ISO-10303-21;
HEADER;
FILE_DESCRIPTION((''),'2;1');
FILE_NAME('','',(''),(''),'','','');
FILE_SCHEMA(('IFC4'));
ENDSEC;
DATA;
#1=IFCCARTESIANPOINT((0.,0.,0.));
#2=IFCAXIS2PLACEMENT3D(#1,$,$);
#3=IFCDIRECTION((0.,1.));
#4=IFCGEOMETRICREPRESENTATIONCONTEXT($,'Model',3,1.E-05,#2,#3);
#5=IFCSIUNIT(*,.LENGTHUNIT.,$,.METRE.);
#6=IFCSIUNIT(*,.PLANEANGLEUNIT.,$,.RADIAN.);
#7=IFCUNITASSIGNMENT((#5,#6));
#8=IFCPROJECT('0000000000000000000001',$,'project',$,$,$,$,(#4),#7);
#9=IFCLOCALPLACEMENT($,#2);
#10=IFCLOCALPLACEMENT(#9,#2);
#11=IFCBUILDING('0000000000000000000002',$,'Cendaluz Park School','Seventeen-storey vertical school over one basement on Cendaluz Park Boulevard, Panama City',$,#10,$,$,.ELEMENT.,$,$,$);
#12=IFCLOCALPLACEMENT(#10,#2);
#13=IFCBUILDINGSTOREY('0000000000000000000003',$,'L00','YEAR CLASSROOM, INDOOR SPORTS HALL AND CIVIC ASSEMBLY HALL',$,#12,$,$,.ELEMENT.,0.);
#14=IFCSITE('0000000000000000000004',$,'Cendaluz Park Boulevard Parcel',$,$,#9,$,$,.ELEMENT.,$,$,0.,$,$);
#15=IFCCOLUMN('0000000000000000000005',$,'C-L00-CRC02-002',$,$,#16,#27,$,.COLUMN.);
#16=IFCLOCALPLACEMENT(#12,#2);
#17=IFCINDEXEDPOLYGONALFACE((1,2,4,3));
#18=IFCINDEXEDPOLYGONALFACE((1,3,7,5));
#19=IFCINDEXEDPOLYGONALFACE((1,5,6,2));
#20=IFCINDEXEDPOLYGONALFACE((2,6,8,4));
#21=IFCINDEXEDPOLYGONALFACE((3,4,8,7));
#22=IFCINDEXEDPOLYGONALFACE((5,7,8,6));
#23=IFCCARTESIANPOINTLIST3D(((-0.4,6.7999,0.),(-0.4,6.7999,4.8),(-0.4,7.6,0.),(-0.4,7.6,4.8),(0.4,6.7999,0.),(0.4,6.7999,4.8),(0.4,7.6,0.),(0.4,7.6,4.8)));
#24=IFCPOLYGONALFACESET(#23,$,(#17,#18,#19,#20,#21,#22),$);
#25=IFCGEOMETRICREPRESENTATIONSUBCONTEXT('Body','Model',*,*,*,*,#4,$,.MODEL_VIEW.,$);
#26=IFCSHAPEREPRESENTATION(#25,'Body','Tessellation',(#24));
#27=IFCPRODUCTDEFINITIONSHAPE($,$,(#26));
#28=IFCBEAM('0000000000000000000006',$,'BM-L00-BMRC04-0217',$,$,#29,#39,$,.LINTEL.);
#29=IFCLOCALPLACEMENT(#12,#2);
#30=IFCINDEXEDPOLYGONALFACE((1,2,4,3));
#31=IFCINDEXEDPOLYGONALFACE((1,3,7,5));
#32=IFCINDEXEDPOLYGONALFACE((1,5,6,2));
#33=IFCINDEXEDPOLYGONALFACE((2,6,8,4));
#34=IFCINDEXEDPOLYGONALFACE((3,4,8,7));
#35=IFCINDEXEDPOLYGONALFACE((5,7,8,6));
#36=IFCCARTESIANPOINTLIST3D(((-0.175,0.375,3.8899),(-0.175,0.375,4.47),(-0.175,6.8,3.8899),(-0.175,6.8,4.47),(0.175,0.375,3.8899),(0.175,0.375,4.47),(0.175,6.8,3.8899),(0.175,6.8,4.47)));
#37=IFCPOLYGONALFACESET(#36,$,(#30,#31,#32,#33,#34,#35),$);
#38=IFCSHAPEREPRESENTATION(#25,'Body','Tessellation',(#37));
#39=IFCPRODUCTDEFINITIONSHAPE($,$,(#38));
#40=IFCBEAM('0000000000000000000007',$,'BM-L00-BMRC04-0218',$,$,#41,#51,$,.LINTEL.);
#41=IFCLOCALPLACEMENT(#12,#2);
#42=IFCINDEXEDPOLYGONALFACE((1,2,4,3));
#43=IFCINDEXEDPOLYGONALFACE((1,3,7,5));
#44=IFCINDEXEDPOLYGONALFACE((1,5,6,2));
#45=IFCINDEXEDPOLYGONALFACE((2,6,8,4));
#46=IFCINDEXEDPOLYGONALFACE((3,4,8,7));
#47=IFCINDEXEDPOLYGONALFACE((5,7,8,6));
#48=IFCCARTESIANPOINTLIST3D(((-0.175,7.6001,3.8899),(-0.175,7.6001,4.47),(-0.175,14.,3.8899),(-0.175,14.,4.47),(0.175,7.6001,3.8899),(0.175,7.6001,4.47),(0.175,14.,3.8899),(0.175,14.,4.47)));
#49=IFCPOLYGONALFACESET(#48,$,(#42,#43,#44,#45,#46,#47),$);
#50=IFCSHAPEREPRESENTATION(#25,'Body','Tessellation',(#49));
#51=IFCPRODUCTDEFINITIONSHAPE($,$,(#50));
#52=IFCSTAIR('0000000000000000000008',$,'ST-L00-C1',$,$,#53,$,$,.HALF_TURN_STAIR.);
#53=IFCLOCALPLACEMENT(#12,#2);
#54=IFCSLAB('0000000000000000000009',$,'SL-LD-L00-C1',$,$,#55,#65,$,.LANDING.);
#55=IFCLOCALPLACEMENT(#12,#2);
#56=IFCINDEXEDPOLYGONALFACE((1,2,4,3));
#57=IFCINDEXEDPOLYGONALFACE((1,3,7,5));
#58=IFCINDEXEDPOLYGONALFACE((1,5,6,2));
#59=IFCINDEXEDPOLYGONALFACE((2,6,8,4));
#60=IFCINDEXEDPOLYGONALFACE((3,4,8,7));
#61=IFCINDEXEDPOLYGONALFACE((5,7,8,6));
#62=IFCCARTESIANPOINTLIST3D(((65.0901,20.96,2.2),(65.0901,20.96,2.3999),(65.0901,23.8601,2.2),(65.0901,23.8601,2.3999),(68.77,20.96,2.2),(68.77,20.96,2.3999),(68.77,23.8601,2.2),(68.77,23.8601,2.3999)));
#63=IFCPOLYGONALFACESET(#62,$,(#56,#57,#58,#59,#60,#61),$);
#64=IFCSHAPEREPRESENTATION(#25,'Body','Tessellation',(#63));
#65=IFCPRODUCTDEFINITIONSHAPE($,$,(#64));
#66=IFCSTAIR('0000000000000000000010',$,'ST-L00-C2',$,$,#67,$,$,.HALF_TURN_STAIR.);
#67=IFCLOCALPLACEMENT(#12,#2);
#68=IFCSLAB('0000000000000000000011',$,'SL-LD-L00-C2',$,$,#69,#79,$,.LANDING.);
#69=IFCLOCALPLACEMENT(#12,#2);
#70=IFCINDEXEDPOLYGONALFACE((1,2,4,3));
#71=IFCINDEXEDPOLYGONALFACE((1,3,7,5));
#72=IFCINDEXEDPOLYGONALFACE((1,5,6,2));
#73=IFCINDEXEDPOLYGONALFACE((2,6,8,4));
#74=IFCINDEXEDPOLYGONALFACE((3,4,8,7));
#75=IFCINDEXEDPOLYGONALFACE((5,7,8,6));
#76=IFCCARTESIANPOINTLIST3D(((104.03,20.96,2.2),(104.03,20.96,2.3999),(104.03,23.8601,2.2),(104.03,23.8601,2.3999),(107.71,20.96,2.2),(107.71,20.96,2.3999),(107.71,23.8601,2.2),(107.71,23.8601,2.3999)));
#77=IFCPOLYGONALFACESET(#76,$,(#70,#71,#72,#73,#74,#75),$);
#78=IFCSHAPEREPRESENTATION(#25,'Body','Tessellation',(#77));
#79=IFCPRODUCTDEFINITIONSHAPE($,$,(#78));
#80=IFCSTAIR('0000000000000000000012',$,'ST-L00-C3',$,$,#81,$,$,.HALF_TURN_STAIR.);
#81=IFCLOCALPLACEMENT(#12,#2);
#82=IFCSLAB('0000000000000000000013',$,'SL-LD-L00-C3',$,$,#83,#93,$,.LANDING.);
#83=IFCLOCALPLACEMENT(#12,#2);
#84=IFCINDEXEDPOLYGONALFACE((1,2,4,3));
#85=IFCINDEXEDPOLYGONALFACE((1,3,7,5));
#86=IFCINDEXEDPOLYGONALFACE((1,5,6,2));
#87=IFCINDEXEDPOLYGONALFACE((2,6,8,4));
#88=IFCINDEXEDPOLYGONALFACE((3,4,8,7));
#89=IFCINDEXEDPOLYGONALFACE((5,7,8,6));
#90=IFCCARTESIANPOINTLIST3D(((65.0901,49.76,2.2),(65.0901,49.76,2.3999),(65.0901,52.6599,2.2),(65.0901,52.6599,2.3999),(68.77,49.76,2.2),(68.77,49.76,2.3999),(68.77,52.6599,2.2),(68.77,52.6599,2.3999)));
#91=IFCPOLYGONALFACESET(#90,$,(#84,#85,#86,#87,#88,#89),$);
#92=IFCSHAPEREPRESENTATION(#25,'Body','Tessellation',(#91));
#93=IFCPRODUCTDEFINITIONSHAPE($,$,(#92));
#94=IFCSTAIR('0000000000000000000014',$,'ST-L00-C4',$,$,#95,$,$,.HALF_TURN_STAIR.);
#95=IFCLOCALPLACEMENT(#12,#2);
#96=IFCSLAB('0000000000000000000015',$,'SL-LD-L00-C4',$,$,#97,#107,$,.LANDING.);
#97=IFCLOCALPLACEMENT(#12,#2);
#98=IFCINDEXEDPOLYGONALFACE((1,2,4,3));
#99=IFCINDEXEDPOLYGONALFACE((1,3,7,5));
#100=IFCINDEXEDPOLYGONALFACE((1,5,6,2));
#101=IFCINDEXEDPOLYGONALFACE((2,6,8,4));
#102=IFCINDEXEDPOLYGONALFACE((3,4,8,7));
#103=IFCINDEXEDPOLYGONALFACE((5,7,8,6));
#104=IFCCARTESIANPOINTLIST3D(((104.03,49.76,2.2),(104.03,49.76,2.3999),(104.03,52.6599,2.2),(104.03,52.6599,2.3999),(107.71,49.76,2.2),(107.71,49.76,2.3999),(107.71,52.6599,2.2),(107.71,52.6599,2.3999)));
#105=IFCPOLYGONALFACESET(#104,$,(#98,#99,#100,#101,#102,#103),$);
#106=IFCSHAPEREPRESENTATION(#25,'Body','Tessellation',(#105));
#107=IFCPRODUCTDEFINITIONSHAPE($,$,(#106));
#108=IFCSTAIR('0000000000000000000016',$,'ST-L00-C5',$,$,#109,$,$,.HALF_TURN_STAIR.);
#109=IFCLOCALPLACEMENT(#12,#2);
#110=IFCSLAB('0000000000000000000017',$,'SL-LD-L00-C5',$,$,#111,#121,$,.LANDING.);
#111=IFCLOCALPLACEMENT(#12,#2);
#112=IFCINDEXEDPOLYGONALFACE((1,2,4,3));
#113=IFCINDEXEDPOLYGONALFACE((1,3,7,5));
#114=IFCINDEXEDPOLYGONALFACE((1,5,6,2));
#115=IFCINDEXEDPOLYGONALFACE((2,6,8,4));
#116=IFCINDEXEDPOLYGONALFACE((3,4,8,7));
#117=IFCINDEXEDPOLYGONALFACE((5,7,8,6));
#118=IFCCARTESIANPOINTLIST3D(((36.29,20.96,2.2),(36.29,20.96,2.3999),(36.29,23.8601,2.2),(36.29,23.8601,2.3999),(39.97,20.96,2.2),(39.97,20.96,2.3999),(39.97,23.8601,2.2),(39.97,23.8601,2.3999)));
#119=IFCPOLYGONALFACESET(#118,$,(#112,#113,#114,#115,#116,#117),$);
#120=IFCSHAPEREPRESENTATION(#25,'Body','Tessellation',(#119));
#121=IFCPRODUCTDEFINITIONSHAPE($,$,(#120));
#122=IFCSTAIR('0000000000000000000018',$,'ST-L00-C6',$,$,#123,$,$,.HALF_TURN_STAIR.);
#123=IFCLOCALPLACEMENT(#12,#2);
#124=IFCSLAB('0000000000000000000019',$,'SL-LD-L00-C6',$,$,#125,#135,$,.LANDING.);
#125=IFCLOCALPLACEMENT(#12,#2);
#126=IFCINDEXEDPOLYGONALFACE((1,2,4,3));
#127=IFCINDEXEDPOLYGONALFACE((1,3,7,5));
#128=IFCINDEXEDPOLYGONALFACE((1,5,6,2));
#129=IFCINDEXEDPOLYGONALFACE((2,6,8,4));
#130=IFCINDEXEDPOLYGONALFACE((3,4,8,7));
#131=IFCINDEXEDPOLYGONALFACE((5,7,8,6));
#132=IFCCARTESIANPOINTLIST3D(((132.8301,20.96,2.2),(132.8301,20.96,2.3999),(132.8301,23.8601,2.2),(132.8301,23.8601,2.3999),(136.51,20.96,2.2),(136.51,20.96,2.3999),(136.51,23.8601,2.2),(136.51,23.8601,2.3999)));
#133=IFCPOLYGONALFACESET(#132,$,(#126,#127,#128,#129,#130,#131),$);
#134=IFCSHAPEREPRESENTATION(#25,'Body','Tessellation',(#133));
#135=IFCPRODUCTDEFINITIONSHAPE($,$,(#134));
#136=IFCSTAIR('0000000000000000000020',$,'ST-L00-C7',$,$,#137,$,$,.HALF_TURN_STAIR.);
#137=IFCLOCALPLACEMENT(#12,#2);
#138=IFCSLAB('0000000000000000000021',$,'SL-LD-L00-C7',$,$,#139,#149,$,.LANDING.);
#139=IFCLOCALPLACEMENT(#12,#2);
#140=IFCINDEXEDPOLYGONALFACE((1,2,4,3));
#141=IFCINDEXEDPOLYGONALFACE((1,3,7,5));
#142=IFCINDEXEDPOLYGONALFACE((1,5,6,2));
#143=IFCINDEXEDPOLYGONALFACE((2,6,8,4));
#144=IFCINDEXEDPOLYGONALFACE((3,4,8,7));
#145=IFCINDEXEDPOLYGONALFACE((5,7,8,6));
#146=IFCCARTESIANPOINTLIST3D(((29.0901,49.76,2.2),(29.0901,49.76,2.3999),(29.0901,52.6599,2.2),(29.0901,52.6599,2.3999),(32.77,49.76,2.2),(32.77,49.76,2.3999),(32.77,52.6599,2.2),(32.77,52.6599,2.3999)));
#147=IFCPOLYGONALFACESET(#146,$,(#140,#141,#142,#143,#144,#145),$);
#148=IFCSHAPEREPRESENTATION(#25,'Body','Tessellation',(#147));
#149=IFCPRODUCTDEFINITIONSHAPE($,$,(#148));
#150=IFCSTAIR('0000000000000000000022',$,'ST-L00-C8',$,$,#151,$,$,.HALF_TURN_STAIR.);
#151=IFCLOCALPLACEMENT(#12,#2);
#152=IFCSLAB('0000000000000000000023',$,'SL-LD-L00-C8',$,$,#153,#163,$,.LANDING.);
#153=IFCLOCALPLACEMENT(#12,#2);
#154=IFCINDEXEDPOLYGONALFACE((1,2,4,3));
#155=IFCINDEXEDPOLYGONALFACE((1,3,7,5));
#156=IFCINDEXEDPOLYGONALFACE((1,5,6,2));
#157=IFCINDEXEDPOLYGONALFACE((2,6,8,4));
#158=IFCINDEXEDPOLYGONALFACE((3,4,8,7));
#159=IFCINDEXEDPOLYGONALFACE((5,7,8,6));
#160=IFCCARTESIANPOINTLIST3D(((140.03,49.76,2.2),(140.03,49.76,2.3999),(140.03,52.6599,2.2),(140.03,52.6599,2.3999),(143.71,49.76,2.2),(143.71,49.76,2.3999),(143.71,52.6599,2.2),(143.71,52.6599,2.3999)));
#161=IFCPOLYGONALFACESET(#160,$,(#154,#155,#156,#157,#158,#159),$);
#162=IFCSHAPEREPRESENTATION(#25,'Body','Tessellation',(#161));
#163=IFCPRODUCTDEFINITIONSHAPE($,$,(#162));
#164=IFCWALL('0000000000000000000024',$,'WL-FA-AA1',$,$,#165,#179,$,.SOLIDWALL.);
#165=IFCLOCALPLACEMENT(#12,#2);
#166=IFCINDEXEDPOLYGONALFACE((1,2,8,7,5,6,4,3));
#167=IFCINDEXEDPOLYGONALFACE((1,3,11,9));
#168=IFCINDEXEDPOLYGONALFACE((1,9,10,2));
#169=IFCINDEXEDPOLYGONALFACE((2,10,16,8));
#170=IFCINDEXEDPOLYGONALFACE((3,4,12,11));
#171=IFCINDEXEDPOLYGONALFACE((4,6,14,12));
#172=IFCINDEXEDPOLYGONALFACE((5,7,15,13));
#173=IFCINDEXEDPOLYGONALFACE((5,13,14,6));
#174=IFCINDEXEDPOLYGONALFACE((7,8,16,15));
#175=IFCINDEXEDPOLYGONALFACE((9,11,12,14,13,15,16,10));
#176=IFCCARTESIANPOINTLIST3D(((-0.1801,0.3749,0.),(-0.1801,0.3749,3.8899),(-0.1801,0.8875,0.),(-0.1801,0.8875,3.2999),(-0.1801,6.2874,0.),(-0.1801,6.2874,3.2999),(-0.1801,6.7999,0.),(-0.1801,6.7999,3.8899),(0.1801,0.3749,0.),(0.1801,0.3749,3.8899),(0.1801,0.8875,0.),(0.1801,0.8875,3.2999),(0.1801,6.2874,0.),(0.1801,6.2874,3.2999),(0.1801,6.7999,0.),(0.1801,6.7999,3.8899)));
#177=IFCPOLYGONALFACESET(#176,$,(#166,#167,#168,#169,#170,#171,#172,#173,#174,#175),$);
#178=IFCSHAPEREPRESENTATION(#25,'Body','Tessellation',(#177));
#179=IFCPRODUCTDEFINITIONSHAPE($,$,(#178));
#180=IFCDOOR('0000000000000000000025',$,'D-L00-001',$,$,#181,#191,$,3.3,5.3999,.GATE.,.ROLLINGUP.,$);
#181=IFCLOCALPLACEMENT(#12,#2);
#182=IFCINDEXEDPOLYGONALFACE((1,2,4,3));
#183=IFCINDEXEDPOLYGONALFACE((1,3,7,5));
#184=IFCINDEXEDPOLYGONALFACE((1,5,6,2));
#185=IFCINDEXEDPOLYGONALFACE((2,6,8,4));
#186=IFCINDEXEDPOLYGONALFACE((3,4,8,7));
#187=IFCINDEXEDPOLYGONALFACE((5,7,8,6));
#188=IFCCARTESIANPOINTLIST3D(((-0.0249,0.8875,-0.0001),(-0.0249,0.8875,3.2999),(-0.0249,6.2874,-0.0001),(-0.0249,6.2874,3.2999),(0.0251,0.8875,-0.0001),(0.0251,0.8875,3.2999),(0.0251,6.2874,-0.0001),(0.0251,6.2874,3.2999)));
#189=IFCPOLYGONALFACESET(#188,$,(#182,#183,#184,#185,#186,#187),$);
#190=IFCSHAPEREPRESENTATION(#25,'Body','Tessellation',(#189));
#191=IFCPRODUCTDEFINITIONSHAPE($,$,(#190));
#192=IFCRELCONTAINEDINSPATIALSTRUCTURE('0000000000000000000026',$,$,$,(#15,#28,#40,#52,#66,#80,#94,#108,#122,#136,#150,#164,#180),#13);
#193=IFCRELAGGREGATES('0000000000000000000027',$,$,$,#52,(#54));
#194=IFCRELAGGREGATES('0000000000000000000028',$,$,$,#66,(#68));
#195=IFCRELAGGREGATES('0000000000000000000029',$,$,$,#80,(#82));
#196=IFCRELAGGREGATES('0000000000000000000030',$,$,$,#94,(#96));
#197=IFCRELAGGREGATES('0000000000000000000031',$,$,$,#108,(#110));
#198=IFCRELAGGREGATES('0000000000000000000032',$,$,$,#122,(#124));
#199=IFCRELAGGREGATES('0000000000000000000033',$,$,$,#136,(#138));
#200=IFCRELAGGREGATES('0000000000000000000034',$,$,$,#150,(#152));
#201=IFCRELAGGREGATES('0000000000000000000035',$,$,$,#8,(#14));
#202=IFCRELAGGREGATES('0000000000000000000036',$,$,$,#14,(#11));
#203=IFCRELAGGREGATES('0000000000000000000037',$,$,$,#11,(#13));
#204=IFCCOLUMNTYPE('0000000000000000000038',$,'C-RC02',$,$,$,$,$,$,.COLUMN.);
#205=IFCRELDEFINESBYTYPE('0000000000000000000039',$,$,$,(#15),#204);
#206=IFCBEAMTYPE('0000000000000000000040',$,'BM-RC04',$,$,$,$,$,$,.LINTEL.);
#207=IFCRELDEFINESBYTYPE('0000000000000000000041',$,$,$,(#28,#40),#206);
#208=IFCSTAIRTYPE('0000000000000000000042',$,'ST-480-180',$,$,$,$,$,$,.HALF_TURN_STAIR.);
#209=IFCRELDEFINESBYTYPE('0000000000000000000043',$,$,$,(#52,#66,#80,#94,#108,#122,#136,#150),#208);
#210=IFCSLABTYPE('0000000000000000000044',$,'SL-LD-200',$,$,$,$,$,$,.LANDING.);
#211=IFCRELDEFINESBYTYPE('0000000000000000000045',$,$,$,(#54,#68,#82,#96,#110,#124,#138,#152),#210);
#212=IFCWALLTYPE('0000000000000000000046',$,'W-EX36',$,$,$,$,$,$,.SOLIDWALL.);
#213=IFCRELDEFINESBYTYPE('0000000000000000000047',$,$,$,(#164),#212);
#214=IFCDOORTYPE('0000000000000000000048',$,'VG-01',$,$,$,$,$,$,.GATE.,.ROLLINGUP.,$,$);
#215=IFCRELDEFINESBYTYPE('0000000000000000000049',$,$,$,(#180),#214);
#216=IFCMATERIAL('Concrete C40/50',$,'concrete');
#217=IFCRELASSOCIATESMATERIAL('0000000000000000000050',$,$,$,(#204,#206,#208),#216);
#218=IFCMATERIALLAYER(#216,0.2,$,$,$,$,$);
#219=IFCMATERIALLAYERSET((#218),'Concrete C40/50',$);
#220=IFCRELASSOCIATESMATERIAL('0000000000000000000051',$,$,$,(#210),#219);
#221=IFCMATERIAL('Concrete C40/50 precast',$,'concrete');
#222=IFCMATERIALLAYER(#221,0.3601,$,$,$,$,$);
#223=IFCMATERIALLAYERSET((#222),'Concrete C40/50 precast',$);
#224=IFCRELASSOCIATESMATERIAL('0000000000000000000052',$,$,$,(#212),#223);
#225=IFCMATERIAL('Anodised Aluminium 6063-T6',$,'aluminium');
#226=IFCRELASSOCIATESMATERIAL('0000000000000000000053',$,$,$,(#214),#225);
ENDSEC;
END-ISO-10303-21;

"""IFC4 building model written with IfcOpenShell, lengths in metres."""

from ifc_helpers import new_model, si_unit, direction, frame, frame_2d, origin, origin_2d, place, context, subcontext, project, spatial, polyline, rectangle, outline, extrude, material, layer, layer_set, material_profile, profile_set, type_object, element, fill, aggregate, save


model = new_model("IFC4")

# Units and contexts
model_context = context("Model", 3, precision=1e-05, world=origin(), true_north=direction((0.0, 1.0)))
body_context = subcontext(model_context, "Body", "Model", "MODEL_VIEW")
ifc_project = project(units=[si_unit("LENGTHUNIT", "METRE"), si_unit("PLANEANGLEUNIT", "RADIAN")], contexts=[model_context])

# Site, building, storey
site_placement = place(None, origin())
site = spatial("IfcSite", under=ifc_project, at=site_placement, Name="Cendaluz Park Boulevard Parcel", CompositionType="ELEMENT", RefElevation=0.0)
building_placement = place(site_placement, origin())
building = spatial("IfcBuilding", under=site, at=building_placement, Name="Cendaluz Park School", Description="Seventeen-storey vertical school over one basement on Cendaluz Park Boulevard, Panama City", CompositionType="ELEMENT")
storey_placement = place(building_placement, origin())
storey = spatial("IfcBuildingStorey", under=building, at=storey_placement, Name="L00", Description="YEAR CLASSROOM, INDOOR SPORTS HALL AND CIVIC ASSEMBLY HALL", CompositionType="ELEMENT", Elevation=0.0)

# Column
ifc_material_1 = material(Name="Concrete C40/50", Category="concrete")
ifc_material_profile_1 = material_profile(ifc_material_1, rectangle(XDim=0.8, YDim=0.8, at=origin_2d()), Name="RC 800x800", Category="concrete")
ifc_profile_set_1 = profile_set([ifc_material_profile_1], Name="Concrete C40/50")
column_type = type_object("IfcColumnType", Name="C-RC02", PredefinedType="COLUMN", material=ifc_profile_set_1)
column_placement = place(storey_placement, frame((0.0, 7.2, 0.0), z_axis=(0.0, 0.0, 1.0), x_axis=(1.0, 0.0, 0.0)))
element("IfcColumn", 1, at=column_placement, inside=storey, type_object=column_type, Name="C-L00-CRC02-002", PredefinedType="COLUMN", context=body_context, shape_type="SweptSolid", body=[
    extrude(rectangle(XDim=0.8, YDim=0.8, at=origin_2d()), origin(), (0.0, 0.0, 1.0), 4.8),
])

# Beams
ifc_material_profile_2 = material_profile(ifc_material_1, rectangle(XDim=0.3501, YDim=0.5801, at=origin_2d()), Name="RC 350x580", Category="concrete")
ifc_profile_set_2 = profile_set([ifc_material_profile_2], Name="Concrete C40/50")
beam_type = type_object("IfcBeamType", Name="BM-RC04", PredefinedType="LINTEL", material=ifc_profile_set_2)
beam_1_placement = place(storey_placement, frame((0.0, 0.375, 4.1799), z_axis=(0.0, 1.0, 0.0), x_axis=(-1.0, 0.0, 0.0)))
element("IfcBeam", 2, at=beam_1_placement, inside=storey, type_object=beam_type, Name="BM-L00-BMRC04-0217", PredefinedType="LINTEL", context=body_context, shape_type="SweptSolid", body=[
    extrude(rectangle(XDim=0.3501, YDim=0.5801, at=origin_2d()), origin(), (0.0, 0.0, 1.0), 6.425),
])
beam_2_placement = place(storey_placement, frame((0.0, 7.6001, 4.1799), z_axis=(0.0, 1.0, 0.0), x_axis=(-1.0, 0.0, 0.0)))
element("IfcBeam", 3, at=beam_2_placement, inside=storey, type_object=beam_type, Name="BM-L00-BMRC04-0218", PredefinedType="LINTEL", context=body_context, shape_type="SweptSolid", body=[
    extrude(rectangle(XDim=0.3501, YDim=0.5801, at=origin_2d()), origin(), (0.0, 0.0, 1.0), 6.3999),
])

# Stairs, slabs
stair_type = type_object("IfcStairType", Name="ST-480-180", PredefinedType="HALF_TURN_STAIR", material=ifc_material_1)
stair_1_placement = place(storey_placement, origin())
stair_1 = element("IfcStair", 4, at=stair_1_placement, inside=storey, type_object=stair_type, Name="ST-L00-C1", PredefinedType="HALF_TURN_STAIR")
ifc_layer_1 = layer(ifc_material_1, 0.2)
ifc_layer_set_1 = layer_set([ifc_layer_1], Name="Concrete C40/50")
slab_type = type_object("IfcSlabType", Name="SL-LD-200", PredefinedType="LANDING", material=ifc_layer_set_1)
slab_1_placement = place(storey_placement, frame((0.0, 0.0, 2.2)))
slab_1 = element("IfcSlab", 5, at=slab_1_placement, type_object=slab_type, Name="SL-LD-L00-C1", PredefinedType="LANDING", context=body_context, shape_type="SweptSolid", body=[
    extrude(outline(polyline([(65.0901, 20.96), (68.77, 20.96), (68.77, 23.8601), (65.0901, 23.8601), (65.0901, 20.96)])), origin(), (0.0, 0.0, 1.0), 0.2),
])
aggregate(stair_1, [slab_1])
stair_2_placement = place(storey_placement, origin())
stair_2 = element("IfcStair", 6, at=stair_2_placement, inside=storey, type_object=stair_type, Name="ST-L00-C2", PredefinedType="HALF_TURN_STAIR")
slab_2_placement = place(storey_placement, frame((0.0, 0.0, 2.2)))
slab_2 = element("IfcSlab", 7, at=slab_2_placement, type_object=slab_type, Name="SL-LD-L00-C2", PredefinedType="LANDING", context=body_context, shape_type="SweptSolid", body=[
    extrude(outline(polyline([(104.03, 20.96), (107.71, 20.96), (107.71, 23.8601), (104.03, 23.8601), (104.03, 20.96)])), origin(), (0.0, 0.0, 1.0), 0.2),
])
aggregate(stair_2, [slab_2])
stair_3_placement = place(storey_placement, origin())
stair_3 = element("IfcStair", 8, at=stair_3_placement, inside=storey, type_object=stair_type, Name="ST-L00-C3", PredefinedType="HALF_TURN_STAIR")
slab_3_placement = place(storey_placement, frame((0.0, 0.0, 2.2)))
slab_3 = element("IfcSlab", 9, at=slab_3_placement, type_object=slab_type, Name="SL-LD-L00-C3", PredefinedType="LANDING", context=body_context, shape_type="SweptSolid", body=[
    extrude(outline(polyline([(65.0901, 49.76), (68.77, 49.76), (68.77, 52.6599), (65.0901, 52.6599), (65.0901, 49.76)])), origin(), (0.0, 0.0, 1.0), 0.2),
])
aggregate(stair_3, [slab_3])
stair_4_placement = place(storey_placement, origin())
stair_4 = element("IfcStair", 10, at=stair_4_placement, inside=storey, type_object=stair_type, Name="ST-L00-C4", PredefinedType="HALF_TURN_STAIR")
slab_4_placement = place(storey_placement, frame((0.0, 0.0, 2.2)))
slab_4 = element("IfcSlab", 11, at=slab_4_placement, type_object=slab_type, Name="SL-LD-L00-C4", PredefinedType="LANDING", context=body_context, shape_type="SweptSolid", body=[
    extrude(outline(polyline([(104.03, 49.76), (107.71, 49.76), (107.71, 52.6599), (104.03, 52.6599), (104.03, 49.76)])), origin(), (0.0, 0.0, 1.0), 0.2),
])
aggregate(stair_4, [slab_4])
stair_5_placement = place(storey_placement, origin())
stair_5 = element("IfcStair", 12, at=stair_5_placement, inside=storey, type_object=stair_type, Name="ST-L00-C5", PredefinedType="HALF_TURN_STAIR")
slab_5_placement = place(storey_placement, frame((0.0, 0.0, 2.2)))
slab_5 = element("IfcSlab", 13, at=slab_5_placement, type_object=slab_type, Name="SL-LD-L00-C5", PredefinedType="LANDING", context=body_context, shape_type="SweptSolid", body=[
    extrude(outline(polyline([(36.29, 20.96), (39.97, 20.96), (39.97, 23.8601), (36.29, 23.8601), (36.29, 20.96)])), origin(), (0.0, 0.0, 1.0), 0.2),
])
aggregate(stair_5, [slab_5])
stair_6_placement = place(storey_placement, origin())
stair_6 = element("IfcStair", 14, at=stair_6_placement, inside=storey, type_object=stair_type, Name="ST-L00-C6", PredefinedType="HALF_TURN_STAIR")
slab_6_placement = place(storey_placement, frame((0.0, 0.0, 2.2)))
slab_6 = element("IfcSlab", 15, at=slab_6_placement, type_object=slab_type, Name="SL-LD-L00-C6", PredefinedType="LANDING", context=body_context, shape_type="SweptSolid", body=[
    extrude(outline(polyline([(132.8301, 20.96), (136.51, 20.96), (136.51, 23.8601), (132.8301, 23.8601), (132.8301, 20.96)])), origin(), (0.0, 0.0, 1.0), 0.2),
])
aggregate(stair_6, [slab_6])
stair_7_placement = place(storey_placement, origin())
stair_7 = element("IfcStair", 16, at=stair_7_placement, inside=storey, type_object=stair_type, Name="ST-L00-C7", PredefinedType="HALF_TURN_STAIR")
slab_7_placement = place(storey_placement, frame((0.0, 0.0, 2.2)))
slab_7 = element("IfcSlab", 17, at=slab_7_placement, type_object=slab_type, Name="SL-LD-L00-C7", PredefinedType="LANDING", context=body_context, shape_type="SweptSolid", body=[
    extrude(outline(polyline([(29.0901, 49.76), (32.77, 49.76), (32.77, 52.6599), (29.0901, 52.6599), (29.0901, 49.76)])), origin(), (0.0, 0.0, 1.0), 0.2),
])
aggregate(stair_7, [slab_7])
stair_8_placement = place(storey_placement, origin())
stair_8 = element("IfcStair", 18, at=stair_8_placement, inside=storey, type_object=stair_type, Name="ST-L00-C8", PredefinedType="HALF_TURN_STAIR")
slab_8_placement = place(storey_placement, frame((0.0, 0.0, 2.2)))
slab_8 = element("IfcSlab", 19, at=slab_8_placement, type_object=slab_type, Name="SL-LD-L00-C8", PredefinedType="LANDING", context=body_context, shape_type="SweptSolid", body=[
    extrude(outline(polyline([(140.03, 49.76), (143.71, 49.76), (143.71, 52.6599), (140.03, 52.6599), (140.03, 49.76)])), origin(), (0.0, 0.0, 1.0), 0.2),
])
aggregate(stair_8, [slab_8])

# Wall, opening, door
ifc_material_2 = material(Name="Concrete C40/50 precast", Category="concrete")
ifc_layer_2 = layer(ifc_material_2, 0.3601)
ifc_layer_set_2 = layer_set([ifc_layer_2], Name="Concrete C40/50 precast")
wall_type = type_object("IfcWallType", Name="W-EX36", PredefinedType="SOLIDWALL", material=ifc_layer_set_2)
wall_1_placement = place(storey_placement, frame((0.0, 0.375, 0.0), z_axis=(0.0, 0.0, 1.0), x_axis=(0.0, 1.0, 0.0)))
wall_1 = element("IfcWall", 20, at=wall_1_placement, inside=storey, type_object=wall_type, Name="WL-FA-AA1", PredefinedType="SOLIDWALL", context=body_context, shape_type="SweptSolid", body=[
    extrude(rectangle(XDim=6.425, YDim=0.3601, at=frame_2d((3.2124, 0.0))), origin(), (0.0, 0.0, 1.0), 3.8899),
])
opening_1_placement = place(wall_1_placement, frame((0.5125, 0.0, 0.0)))
opening_1 = element("IfcOpeningElement", 21, at=opening_1_placement, cuts=wall_1, PredefinedType="OPENING", context=body_context, shape_type="SweptSolid", body=[
    extrude(rectangle(XDim=5.3999, YDim=3.3, at=frame_2d((2.7, 1.6499))), frame((0.0, 0.1921, 0.0), z_axis=(0.0, -1.0, 0.0), x_axis=(1.0, 0.0, 0.0)), (0.0, 0.0, 1.0), 0.384),
])
ifc_material_3 = material(Name="Anodised Aluminium 6063-T6", Category="aluminium")
door_type = type_object("IfcDoorType", Name="VG-01", OperationType="ROLLINGUP", PredefinedType="GATE", material=ifc_material_3)
door_placement = place(opening_1_placement, origin())
door = element("IfcDoor", 22, at=door_placement, inside=storey, type_object=door_type, Name="D-L00-001", OperationType="ROLLINGUP", OverallHeight=3.3, OverallWidth=5.3999, PredefinedType="GATE", context=body_context, shape_type="SweptSolid", body=[
    extrude(rectangle(XDim=5.3999, YDim=3.3, at=frame_2d((2.7, 1.6499))), frame((0.0, 0.0249, 0.0), z_axis=(0.0, -1.0, 0.0), x_axis=(1.0, 0.0, 0.0)), (0.0, 0.0, 1.0), 0.05),
])
fill(opening_1, door)

save(model, "model.ifc")
